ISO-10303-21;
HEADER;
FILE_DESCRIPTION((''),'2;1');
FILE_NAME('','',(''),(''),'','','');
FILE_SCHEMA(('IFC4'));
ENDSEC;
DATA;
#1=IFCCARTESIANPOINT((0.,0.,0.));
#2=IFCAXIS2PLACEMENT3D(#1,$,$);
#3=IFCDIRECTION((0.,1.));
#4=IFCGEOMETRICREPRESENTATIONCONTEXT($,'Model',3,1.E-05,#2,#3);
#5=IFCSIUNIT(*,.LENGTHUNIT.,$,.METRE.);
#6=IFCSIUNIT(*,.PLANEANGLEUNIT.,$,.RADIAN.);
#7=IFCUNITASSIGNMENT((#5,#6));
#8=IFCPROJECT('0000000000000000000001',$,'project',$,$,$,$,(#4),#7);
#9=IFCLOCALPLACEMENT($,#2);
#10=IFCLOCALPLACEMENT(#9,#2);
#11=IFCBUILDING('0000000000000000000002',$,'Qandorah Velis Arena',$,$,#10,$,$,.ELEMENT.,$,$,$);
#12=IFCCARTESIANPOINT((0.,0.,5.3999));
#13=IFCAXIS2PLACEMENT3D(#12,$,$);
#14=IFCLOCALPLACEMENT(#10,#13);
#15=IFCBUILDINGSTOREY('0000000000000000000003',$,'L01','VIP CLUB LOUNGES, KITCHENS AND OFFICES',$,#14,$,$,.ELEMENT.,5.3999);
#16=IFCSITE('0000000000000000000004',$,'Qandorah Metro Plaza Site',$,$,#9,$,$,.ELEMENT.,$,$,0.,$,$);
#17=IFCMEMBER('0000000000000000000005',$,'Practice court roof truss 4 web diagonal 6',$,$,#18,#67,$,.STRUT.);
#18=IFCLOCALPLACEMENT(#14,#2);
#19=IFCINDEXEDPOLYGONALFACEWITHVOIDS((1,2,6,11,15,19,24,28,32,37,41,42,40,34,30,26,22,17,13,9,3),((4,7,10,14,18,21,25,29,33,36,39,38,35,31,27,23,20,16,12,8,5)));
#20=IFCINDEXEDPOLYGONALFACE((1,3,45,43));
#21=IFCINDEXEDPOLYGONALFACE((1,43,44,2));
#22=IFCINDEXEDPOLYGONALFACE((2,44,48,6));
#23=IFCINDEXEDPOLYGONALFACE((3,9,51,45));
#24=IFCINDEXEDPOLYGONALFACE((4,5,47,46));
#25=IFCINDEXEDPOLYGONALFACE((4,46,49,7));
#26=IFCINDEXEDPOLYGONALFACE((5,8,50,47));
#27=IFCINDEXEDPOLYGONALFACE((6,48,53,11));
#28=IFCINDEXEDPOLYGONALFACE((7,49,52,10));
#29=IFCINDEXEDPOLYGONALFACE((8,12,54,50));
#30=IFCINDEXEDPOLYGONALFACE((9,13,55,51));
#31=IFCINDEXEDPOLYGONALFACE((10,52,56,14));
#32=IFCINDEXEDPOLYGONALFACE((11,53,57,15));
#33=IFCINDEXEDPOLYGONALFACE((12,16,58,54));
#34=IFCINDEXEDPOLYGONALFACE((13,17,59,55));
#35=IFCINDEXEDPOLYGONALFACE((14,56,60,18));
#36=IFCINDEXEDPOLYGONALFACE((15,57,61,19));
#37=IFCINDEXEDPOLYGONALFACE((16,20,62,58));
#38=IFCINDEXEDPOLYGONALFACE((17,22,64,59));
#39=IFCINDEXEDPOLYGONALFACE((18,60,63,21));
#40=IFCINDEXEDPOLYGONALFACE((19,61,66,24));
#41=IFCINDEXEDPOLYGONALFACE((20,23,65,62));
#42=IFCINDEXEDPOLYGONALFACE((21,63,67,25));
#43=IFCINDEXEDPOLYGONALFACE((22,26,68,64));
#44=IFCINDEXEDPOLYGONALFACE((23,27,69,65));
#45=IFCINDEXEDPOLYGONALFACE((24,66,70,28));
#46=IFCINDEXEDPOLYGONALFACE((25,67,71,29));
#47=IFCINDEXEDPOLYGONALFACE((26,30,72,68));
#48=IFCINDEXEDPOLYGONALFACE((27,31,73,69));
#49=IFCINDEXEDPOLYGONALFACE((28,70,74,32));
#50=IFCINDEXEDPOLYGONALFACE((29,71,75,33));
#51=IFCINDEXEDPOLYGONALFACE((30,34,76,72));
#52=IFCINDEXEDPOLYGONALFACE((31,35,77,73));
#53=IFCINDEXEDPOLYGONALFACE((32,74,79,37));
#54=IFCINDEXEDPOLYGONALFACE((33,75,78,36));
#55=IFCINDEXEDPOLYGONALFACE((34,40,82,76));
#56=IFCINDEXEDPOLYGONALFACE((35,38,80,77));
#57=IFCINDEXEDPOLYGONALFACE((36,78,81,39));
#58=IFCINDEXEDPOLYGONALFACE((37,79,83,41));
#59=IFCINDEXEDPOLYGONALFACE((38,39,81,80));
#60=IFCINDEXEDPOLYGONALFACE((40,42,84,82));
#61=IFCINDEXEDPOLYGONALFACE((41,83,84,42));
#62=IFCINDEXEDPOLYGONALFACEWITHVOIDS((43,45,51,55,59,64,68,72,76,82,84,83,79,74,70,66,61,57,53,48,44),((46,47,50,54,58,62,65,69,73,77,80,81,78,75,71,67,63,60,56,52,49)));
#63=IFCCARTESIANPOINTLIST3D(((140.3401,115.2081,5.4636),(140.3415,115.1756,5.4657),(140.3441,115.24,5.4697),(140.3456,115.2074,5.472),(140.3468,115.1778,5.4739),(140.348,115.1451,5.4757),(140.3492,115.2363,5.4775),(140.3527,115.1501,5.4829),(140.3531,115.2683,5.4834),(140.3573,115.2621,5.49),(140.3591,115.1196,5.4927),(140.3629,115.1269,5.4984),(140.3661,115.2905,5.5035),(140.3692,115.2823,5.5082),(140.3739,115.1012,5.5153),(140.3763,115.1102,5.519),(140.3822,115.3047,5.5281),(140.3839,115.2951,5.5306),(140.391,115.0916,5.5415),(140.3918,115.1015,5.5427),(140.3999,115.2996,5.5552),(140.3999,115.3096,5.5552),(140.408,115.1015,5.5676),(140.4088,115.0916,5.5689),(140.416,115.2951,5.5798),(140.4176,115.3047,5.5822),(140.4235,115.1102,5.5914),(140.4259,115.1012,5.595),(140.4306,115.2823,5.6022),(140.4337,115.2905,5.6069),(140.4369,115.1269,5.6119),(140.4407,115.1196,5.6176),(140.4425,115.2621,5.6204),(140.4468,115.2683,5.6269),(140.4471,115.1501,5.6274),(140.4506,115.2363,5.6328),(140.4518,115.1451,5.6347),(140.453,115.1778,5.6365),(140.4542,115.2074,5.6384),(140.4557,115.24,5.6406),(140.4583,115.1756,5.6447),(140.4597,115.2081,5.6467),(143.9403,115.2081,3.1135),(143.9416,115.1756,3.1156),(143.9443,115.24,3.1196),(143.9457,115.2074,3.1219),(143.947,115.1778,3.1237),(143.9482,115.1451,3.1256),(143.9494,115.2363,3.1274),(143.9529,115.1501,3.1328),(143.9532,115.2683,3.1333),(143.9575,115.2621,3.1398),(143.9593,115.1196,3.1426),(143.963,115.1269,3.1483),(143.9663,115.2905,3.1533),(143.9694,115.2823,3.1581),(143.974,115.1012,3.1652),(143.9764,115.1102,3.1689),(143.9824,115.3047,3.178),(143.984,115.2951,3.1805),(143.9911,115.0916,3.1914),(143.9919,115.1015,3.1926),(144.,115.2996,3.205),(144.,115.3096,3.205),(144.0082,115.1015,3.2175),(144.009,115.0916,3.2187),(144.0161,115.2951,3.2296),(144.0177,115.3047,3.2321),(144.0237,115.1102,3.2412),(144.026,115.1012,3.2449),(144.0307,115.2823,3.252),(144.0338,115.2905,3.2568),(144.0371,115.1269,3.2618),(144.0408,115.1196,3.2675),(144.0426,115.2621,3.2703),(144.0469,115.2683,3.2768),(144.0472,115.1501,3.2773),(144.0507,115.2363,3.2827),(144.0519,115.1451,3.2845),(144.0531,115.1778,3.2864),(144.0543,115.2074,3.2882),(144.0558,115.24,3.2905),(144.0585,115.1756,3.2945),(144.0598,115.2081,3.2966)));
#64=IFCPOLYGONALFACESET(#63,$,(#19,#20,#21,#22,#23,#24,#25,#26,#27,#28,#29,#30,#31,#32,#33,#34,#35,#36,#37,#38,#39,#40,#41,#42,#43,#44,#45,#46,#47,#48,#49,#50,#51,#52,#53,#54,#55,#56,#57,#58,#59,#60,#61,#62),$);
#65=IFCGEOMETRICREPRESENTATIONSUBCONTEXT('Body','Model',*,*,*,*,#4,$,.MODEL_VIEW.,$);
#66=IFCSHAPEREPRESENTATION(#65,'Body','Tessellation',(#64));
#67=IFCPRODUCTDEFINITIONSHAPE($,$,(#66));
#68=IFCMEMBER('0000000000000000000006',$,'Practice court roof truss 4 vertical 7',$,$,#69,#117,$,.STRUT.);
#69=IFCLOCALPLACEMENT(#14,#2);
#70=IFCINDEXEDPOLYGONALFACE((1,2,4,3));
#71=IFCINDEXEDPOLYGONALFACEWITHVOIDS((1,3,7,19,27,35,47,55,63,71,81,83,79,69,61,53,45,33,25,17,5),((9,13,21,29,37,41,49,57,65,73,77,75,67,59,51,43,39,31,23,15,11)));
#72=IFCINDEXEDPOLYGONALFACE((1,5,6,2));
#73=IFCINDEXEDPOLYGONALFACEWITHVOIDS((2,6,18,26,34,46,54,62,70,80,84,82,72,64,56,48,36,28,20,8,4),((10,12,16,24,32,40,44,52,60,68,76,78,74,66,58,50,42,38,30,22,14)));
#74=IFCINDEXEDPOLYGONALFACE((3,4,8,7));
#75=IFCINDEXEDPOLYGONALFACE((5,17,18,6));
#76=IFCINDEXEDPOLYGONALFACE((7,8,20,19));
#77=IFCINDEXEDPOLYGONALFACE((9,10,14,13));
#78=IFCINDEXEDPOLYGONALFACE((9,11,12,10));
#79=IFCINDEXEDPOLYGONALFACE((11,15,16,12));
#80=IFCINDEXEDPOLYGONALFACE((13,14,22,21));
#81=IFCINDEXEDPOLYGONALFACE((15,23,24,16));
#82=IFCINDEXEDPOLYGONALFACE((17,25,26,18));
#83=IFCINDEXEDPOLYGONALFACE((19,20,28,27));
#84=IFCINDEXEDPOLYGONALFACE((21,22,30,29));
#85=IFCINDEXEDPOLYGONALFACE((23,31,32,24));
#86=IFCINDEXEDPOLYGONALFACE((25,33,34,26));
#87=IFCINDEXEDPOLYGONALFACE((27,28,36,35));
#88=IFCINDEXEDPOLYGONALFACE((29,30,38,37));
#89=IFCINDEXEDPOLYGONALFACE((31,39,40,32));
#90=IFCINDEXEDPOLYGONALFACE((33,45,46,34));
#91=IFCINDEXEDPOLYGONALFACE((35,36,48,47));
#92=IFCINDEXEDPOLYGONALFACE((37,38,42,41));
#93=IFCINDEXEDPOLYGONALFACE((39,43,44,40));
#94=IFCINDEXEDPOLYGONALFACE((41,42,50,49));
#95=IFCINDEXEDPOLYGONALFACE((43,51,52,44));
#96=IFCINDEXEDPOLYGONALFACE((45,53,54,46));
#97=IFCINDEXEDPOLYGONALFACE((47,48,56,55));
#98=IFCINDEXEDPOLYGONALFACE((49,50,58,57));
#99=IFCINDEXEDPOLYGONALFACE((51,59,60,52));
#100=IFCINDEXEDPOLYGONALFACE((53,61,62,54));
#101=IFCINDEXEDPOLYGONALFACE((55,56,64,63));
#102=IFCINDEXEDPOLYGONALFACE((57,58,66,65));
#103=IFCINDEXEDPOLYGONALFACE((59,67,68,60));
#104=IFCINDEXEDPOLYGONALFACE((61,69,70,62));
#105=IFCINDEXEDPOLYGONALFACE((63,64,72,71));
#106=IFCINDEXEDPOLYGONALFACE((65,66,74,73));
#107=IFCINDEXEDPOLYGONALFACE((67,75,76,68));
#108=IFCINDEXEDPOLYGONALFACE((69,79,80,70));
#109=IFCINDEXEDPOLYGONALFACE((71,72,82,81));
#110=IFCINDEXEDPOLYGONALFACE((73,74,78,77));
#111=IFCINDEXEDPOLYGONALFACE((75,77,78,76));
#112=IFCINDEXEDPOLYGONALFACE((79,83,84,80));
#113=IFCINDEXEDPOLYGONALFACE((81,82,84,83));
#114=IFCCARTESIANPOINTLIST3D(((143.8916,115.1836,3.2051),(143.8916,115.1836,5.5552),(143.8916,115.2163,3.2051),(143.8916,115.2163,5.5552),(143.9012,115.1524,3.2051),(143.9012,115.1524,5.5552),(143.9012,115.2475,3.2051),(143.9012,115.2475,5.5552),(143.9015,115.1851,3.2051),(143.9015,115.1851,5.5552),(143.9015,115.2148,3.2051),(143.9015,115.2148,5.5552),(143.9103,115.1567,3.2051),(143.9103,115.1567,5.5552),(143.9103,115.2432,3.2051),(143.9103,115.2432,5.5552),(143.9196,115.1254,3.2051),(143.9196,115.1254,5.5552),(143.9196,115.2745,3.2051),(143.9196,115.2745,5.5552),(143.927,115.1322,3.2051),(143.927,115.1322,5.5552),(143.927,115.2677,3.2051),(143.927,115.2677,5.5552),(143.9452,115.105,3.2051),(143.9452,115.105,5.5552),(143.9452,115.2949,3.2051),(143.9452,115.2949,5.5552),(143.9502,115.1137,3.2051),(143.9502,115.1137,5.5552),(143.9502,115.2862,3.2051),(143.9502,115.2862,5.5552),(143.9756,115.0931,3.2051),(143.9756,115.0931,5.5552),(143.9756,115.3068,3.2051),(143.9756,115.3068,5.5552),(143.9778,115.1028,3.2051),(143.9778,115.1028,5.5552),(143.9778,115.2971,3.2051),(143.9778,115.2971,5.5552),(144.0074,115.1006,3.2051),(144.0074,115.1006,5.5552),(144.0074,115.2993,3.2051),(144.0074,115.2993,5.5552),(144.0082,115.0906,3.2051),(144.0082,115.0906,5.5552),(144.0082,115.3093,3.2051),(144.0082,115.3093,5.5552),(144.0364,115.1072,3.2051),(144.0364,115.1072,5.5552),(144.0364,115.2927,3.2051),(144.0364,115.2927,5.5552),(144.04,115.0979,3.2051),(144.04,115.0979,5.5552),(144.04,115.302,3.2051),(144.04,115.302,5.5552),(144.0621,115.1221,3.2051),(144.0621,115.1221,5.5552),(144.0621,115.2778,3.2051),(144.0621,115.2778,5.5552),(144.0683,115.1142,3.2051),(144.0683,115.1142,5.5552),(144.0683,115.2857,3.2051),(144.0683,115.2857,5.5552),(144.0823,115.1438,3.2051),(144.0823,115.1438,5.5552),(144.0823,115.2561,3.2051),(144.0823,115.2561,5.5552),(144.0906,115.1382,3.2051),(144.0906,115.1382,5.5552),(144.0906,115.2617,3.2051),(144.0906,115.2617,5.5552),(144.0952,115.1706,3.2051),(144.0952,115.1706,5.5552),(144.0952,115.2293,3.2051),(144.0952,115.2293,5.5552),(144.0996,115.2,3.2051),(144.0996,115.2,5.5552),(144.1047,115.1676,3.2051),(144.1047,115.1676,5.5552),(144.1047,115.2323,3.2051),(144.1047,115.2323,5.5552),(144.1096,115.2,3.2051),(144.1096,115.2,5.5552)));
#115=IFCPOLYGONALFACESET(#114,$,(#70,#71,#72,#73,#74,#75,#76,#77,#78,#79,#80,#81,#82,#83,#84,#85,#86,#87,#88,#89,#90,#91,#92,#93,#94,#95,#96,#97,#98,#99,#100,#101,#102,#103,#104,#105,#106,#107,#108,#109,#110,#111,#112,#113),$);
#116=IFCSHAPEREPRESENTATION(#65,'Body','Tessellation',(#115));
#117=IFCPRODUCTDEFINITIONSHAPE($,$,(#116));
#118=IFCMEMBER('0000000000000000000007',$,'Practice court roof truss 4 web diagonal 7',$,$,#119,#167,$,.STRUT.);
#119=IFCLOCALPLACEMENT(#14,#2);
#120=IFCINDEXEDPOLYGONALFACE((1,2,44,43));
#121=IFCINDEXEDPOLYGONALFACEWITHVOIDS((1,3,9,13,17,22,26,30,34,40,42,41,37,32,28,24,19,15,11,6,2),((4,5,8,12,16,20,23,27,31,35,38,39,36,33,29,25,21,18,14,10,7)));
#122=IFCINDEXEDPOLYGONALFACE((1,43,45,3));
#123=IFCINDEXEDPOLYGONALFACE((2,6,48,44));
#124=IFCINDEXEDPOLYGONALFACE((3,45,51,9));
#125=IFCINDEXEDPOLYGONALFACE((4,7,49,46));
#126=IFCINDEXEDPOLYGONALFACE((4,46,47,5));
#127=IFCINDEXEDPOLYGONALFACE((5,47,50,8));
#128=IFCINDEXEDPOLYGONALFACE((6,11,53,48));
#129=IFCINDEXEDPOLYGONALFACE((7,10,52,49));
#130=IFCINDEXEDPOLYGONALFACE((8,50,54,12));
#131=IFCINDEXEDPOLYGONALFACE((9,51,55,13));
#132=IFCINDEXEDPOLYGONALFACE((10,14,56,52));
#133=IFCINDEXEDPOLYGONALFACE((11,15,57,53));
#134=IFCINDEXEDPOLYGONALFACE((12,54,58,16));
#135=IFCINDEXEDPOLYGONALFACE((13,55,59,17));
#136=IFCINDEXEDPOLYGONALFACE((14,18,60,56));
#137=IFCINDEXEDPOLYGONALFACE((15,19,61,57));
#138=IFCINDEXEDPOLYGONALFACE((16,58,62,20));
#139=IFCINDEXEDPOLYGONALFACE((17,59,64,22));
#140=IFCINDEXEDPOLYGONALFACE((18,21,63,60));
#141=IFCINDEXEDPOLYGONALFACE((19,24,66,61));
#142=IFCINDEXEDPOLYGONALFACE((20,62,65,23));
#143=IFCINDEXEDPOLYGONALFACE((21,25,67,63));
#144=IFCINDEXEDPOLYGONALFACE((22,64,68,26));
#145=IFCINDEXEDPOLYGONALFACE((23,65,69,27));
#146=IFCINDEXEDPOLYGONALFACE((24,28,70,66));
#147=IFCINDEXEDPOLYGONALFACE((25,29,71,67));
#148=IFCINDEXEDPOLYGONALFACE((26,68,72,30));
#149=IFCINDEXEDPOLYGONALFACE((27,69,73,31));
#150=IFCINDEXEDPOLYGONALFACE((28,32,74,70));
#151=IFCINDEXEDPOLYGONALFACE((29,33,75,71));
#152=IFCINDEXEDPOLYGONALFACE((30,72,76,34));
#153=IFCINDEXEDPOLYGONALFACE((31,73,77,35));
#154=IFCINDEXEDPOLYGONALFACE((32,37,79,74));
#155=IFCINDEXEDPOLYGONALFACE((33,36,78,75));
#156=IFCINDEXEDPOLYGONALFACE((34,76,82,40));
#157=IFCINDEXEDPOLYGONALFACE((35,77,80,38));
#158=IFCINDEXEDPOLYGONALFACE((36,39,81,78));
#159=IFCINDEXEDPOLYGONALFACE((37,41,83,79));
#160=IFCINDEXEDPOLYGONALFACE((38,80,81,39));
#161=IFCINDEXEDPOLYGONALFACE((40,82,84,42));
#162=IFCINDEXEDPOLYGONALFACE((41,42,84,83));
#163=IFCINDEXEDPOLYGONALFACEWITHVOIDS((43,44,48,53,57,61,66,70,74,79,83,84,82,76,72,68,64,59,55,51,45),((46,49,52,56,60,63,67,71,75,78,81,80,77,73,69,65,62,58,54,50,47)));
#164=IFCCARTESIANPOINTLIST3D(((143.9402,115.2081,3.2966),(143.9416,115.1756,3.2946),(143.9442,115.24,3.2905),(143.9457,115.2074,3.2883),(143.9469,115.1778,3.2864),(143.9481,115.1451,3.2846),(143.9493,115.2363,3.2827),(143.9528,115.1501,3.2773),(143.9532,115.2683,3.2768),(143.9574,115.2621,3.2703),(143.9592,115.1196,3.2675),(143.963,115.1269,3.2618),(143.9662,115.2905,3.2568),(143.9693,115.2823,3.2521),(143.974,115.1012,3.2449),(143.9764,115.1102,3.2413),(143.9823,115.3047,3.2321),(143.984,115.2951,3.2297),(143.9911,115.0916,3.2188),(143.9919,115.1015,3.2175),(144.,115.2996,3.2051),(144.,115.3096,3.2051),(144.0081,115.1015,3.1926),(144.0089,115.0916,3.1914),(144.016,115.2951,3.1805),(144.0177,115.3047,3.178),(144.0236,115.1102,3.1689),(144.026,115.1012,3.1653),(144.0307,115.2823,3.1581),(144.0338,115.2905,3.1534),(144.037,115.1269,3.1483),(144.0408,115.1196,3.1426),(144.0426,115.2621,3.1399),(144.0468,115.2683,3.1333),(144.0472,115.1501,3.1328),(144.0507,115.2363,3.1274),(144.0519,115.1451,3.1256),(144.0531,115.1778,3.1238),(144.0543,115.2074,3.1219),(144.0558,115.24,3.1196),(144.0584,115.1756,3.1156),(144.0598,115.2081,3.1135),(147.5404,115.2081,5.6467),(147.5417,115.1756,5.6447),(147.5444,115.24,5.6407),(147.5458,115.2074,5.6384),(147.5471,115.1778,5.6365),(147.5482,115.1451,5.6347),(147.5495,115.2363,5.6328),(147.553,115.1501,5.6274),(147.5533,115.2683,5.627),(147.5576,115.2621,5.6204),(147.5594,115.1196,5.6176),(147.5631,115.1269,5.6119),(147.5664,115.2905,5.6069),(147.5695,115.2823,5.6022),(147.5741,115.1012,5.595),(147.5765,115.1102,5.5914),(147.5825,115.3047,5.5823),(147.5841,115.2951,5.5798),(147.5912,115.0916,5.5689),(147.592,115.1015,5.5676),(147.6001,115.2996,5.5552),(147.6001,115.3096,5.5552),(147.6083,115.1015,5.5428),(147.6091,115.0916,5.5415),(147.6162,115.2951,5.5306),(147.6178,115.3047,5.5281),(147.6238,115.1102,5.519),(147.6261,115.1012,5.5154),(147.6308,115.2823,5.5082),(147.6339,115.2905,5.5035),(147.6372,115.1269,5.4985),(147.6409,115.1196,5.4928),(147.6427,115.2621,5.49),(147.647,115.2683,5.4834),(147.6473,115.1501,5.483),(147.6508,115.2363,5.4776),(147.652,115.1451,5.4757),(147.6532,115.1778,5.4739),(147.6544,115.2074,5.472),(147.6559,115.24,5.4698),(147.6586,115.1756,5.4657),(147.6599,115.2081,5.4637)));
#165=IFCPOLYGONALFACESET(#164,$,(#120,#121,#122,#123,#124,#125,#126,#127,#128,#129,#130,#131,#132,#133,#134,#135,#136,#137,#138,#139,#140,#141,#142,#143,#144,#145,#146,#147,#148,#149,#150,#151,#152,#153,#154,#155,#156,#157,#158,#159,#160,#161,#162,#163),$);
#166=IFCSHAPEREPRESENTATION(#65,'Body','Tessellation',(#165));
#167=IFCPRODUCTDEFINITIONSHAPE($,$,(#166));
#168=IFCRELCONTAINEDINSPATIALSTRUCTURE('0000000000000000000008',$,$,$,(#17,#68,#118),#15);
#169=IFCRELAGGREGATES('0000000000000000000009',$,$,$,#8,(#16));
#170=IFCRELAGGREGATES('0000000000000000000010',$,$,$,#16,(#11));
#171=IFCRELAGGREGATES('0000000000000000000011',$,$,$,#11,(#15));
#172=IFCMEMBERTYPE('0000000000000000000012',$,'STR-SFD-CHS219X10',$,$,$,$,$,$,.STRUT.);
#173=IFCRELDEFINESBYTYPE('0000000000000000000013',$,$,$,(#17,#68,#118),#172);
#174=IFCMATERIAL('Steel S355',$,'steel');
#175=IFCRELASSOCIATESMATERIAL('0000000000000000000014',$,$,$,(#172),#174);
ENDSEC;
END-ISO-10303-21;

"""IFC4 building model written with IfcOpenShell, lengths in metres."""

from ifc_helpers import new_model, si_unit, direction, frame, origin, origin_2d, place, context, subcontext, project, spatial, hollow_circle, extrude, material, material_profile, profile_set, type_object, element, save


model = new_model("IFC4")

# Units and contexts
model_context = context("Model", 3, precision=1e-05, world=origin(), true_north=direction((0.0, 1.0)))
body_context = subcontext(model_context, "Body", "Model", "MODEL_VIEW")
ifc_project = project(units=[si_unit("LENGTHUNIT", "METRE"), si_unit("PLANEANGLEUNIT", "RADIAN")], contexts=[model_context])

# Site, building, storey
site_placement = place(None, origin())
site = spatial("IfcSite", under=ifc_project, at=site_placement, Name="Qandorah Metro Plaza Site", CompositionType="ELEMENT", RefElevation=0.0)
building_placement = place(site_placement, origin())
building = spatial("IfcBuilding", under=site, at=building_placement, Name="Qandorah Velis Arena", CompositionType="ELEMENT")
storey_placement = place(building_placement, frame((0.0, 0.0, 5.3999)))
storey = spatial("IfcBuildingStorey", under=building, at=storey_placement, Name="L01", Description="VIP CLUB LOUNGES, KITCHENS AND OFFICES", CompositionType="ELEMENT", Elevation=5.3999)

# Members
ifc_material_1 = material(Name="Steel S355", Category="steel")
ifc_material_profile_1 = material_profile(ifc_material_1, hollow_circle(Radius=0.1096, WallThickness=0.01, at=origin_2d()), Name="CHS 219.1x10")
ifc_profile_set_1 = profile_set([ifc_material_profile_1], Name="Steel S355")
member_type_1 = type_object("IfcMemberType", Name="STR-SFD-CHS219X10", PredefinedType="STRUT", material=ifc_profile_set_1)
member_1_placement = place(storey_placement, frame((140.3999, 115.2, 5.5552), z_axis=(0.837376, 0.0, -0.546628), x_axis=(0.0, 1.0, 0.0)))
element("IfcMember", 1, at=member_1_placement, inside=storey, type_object=member_type_1, Name="Practice court roof truss 4 web diagonal 6", PredefinedType="STRUT", context=body_context, shape_type="SweptSolid", body=[
    extrude(hollow_circle(Radius=0.1096, WallThickness=0.01, at=origin_2d()), origin(), (0.0, 0.0, 1.0), 4.2993),
])
member_2_placement = place(storey_placement, frame((144.0, 115.2, 3.2051), z_axis=(0.0, 0.0, 1.0), x_axis=(1.0, 0.0, 0.0)))
element("IfcMember", 2, at=member_2_placement, inside=storey, type_object=member_type_1, Name="Practice court roof truss 4 vertical 7", PredefinedType="STRUT", context=body_context, shape_type="SweptSolid", body=[
    extrude(hollow_circle(Radius=0.1096, WallThickness=0.01, at=origin_2d()), origin(), (0.0, 0.0, 1.0), 2.3501),
])
member_3_placement = place(storey_placement, frame((144.0, 115.2, 3.2051), z_axis=(0.837376, 0.0, 0.546628), x_axis=(0.0, 1.0, 0.0)))
element("IfcMember", 3, at=member_3_placement, inside=storey, type_object=member_type_1, Name="Practice court roof truss 4 web diagonal 7", PredefinedType="STRUT", context=body_context, shape_type="SweptSolid", body=[
    extrude(hollow_circle(Radius=0.1096, WallThickness=0.01, at=origin_2d()), origin(), (0.0, 0.0, 1.0), 4.2993),
])

save(model, "model.ifc")
